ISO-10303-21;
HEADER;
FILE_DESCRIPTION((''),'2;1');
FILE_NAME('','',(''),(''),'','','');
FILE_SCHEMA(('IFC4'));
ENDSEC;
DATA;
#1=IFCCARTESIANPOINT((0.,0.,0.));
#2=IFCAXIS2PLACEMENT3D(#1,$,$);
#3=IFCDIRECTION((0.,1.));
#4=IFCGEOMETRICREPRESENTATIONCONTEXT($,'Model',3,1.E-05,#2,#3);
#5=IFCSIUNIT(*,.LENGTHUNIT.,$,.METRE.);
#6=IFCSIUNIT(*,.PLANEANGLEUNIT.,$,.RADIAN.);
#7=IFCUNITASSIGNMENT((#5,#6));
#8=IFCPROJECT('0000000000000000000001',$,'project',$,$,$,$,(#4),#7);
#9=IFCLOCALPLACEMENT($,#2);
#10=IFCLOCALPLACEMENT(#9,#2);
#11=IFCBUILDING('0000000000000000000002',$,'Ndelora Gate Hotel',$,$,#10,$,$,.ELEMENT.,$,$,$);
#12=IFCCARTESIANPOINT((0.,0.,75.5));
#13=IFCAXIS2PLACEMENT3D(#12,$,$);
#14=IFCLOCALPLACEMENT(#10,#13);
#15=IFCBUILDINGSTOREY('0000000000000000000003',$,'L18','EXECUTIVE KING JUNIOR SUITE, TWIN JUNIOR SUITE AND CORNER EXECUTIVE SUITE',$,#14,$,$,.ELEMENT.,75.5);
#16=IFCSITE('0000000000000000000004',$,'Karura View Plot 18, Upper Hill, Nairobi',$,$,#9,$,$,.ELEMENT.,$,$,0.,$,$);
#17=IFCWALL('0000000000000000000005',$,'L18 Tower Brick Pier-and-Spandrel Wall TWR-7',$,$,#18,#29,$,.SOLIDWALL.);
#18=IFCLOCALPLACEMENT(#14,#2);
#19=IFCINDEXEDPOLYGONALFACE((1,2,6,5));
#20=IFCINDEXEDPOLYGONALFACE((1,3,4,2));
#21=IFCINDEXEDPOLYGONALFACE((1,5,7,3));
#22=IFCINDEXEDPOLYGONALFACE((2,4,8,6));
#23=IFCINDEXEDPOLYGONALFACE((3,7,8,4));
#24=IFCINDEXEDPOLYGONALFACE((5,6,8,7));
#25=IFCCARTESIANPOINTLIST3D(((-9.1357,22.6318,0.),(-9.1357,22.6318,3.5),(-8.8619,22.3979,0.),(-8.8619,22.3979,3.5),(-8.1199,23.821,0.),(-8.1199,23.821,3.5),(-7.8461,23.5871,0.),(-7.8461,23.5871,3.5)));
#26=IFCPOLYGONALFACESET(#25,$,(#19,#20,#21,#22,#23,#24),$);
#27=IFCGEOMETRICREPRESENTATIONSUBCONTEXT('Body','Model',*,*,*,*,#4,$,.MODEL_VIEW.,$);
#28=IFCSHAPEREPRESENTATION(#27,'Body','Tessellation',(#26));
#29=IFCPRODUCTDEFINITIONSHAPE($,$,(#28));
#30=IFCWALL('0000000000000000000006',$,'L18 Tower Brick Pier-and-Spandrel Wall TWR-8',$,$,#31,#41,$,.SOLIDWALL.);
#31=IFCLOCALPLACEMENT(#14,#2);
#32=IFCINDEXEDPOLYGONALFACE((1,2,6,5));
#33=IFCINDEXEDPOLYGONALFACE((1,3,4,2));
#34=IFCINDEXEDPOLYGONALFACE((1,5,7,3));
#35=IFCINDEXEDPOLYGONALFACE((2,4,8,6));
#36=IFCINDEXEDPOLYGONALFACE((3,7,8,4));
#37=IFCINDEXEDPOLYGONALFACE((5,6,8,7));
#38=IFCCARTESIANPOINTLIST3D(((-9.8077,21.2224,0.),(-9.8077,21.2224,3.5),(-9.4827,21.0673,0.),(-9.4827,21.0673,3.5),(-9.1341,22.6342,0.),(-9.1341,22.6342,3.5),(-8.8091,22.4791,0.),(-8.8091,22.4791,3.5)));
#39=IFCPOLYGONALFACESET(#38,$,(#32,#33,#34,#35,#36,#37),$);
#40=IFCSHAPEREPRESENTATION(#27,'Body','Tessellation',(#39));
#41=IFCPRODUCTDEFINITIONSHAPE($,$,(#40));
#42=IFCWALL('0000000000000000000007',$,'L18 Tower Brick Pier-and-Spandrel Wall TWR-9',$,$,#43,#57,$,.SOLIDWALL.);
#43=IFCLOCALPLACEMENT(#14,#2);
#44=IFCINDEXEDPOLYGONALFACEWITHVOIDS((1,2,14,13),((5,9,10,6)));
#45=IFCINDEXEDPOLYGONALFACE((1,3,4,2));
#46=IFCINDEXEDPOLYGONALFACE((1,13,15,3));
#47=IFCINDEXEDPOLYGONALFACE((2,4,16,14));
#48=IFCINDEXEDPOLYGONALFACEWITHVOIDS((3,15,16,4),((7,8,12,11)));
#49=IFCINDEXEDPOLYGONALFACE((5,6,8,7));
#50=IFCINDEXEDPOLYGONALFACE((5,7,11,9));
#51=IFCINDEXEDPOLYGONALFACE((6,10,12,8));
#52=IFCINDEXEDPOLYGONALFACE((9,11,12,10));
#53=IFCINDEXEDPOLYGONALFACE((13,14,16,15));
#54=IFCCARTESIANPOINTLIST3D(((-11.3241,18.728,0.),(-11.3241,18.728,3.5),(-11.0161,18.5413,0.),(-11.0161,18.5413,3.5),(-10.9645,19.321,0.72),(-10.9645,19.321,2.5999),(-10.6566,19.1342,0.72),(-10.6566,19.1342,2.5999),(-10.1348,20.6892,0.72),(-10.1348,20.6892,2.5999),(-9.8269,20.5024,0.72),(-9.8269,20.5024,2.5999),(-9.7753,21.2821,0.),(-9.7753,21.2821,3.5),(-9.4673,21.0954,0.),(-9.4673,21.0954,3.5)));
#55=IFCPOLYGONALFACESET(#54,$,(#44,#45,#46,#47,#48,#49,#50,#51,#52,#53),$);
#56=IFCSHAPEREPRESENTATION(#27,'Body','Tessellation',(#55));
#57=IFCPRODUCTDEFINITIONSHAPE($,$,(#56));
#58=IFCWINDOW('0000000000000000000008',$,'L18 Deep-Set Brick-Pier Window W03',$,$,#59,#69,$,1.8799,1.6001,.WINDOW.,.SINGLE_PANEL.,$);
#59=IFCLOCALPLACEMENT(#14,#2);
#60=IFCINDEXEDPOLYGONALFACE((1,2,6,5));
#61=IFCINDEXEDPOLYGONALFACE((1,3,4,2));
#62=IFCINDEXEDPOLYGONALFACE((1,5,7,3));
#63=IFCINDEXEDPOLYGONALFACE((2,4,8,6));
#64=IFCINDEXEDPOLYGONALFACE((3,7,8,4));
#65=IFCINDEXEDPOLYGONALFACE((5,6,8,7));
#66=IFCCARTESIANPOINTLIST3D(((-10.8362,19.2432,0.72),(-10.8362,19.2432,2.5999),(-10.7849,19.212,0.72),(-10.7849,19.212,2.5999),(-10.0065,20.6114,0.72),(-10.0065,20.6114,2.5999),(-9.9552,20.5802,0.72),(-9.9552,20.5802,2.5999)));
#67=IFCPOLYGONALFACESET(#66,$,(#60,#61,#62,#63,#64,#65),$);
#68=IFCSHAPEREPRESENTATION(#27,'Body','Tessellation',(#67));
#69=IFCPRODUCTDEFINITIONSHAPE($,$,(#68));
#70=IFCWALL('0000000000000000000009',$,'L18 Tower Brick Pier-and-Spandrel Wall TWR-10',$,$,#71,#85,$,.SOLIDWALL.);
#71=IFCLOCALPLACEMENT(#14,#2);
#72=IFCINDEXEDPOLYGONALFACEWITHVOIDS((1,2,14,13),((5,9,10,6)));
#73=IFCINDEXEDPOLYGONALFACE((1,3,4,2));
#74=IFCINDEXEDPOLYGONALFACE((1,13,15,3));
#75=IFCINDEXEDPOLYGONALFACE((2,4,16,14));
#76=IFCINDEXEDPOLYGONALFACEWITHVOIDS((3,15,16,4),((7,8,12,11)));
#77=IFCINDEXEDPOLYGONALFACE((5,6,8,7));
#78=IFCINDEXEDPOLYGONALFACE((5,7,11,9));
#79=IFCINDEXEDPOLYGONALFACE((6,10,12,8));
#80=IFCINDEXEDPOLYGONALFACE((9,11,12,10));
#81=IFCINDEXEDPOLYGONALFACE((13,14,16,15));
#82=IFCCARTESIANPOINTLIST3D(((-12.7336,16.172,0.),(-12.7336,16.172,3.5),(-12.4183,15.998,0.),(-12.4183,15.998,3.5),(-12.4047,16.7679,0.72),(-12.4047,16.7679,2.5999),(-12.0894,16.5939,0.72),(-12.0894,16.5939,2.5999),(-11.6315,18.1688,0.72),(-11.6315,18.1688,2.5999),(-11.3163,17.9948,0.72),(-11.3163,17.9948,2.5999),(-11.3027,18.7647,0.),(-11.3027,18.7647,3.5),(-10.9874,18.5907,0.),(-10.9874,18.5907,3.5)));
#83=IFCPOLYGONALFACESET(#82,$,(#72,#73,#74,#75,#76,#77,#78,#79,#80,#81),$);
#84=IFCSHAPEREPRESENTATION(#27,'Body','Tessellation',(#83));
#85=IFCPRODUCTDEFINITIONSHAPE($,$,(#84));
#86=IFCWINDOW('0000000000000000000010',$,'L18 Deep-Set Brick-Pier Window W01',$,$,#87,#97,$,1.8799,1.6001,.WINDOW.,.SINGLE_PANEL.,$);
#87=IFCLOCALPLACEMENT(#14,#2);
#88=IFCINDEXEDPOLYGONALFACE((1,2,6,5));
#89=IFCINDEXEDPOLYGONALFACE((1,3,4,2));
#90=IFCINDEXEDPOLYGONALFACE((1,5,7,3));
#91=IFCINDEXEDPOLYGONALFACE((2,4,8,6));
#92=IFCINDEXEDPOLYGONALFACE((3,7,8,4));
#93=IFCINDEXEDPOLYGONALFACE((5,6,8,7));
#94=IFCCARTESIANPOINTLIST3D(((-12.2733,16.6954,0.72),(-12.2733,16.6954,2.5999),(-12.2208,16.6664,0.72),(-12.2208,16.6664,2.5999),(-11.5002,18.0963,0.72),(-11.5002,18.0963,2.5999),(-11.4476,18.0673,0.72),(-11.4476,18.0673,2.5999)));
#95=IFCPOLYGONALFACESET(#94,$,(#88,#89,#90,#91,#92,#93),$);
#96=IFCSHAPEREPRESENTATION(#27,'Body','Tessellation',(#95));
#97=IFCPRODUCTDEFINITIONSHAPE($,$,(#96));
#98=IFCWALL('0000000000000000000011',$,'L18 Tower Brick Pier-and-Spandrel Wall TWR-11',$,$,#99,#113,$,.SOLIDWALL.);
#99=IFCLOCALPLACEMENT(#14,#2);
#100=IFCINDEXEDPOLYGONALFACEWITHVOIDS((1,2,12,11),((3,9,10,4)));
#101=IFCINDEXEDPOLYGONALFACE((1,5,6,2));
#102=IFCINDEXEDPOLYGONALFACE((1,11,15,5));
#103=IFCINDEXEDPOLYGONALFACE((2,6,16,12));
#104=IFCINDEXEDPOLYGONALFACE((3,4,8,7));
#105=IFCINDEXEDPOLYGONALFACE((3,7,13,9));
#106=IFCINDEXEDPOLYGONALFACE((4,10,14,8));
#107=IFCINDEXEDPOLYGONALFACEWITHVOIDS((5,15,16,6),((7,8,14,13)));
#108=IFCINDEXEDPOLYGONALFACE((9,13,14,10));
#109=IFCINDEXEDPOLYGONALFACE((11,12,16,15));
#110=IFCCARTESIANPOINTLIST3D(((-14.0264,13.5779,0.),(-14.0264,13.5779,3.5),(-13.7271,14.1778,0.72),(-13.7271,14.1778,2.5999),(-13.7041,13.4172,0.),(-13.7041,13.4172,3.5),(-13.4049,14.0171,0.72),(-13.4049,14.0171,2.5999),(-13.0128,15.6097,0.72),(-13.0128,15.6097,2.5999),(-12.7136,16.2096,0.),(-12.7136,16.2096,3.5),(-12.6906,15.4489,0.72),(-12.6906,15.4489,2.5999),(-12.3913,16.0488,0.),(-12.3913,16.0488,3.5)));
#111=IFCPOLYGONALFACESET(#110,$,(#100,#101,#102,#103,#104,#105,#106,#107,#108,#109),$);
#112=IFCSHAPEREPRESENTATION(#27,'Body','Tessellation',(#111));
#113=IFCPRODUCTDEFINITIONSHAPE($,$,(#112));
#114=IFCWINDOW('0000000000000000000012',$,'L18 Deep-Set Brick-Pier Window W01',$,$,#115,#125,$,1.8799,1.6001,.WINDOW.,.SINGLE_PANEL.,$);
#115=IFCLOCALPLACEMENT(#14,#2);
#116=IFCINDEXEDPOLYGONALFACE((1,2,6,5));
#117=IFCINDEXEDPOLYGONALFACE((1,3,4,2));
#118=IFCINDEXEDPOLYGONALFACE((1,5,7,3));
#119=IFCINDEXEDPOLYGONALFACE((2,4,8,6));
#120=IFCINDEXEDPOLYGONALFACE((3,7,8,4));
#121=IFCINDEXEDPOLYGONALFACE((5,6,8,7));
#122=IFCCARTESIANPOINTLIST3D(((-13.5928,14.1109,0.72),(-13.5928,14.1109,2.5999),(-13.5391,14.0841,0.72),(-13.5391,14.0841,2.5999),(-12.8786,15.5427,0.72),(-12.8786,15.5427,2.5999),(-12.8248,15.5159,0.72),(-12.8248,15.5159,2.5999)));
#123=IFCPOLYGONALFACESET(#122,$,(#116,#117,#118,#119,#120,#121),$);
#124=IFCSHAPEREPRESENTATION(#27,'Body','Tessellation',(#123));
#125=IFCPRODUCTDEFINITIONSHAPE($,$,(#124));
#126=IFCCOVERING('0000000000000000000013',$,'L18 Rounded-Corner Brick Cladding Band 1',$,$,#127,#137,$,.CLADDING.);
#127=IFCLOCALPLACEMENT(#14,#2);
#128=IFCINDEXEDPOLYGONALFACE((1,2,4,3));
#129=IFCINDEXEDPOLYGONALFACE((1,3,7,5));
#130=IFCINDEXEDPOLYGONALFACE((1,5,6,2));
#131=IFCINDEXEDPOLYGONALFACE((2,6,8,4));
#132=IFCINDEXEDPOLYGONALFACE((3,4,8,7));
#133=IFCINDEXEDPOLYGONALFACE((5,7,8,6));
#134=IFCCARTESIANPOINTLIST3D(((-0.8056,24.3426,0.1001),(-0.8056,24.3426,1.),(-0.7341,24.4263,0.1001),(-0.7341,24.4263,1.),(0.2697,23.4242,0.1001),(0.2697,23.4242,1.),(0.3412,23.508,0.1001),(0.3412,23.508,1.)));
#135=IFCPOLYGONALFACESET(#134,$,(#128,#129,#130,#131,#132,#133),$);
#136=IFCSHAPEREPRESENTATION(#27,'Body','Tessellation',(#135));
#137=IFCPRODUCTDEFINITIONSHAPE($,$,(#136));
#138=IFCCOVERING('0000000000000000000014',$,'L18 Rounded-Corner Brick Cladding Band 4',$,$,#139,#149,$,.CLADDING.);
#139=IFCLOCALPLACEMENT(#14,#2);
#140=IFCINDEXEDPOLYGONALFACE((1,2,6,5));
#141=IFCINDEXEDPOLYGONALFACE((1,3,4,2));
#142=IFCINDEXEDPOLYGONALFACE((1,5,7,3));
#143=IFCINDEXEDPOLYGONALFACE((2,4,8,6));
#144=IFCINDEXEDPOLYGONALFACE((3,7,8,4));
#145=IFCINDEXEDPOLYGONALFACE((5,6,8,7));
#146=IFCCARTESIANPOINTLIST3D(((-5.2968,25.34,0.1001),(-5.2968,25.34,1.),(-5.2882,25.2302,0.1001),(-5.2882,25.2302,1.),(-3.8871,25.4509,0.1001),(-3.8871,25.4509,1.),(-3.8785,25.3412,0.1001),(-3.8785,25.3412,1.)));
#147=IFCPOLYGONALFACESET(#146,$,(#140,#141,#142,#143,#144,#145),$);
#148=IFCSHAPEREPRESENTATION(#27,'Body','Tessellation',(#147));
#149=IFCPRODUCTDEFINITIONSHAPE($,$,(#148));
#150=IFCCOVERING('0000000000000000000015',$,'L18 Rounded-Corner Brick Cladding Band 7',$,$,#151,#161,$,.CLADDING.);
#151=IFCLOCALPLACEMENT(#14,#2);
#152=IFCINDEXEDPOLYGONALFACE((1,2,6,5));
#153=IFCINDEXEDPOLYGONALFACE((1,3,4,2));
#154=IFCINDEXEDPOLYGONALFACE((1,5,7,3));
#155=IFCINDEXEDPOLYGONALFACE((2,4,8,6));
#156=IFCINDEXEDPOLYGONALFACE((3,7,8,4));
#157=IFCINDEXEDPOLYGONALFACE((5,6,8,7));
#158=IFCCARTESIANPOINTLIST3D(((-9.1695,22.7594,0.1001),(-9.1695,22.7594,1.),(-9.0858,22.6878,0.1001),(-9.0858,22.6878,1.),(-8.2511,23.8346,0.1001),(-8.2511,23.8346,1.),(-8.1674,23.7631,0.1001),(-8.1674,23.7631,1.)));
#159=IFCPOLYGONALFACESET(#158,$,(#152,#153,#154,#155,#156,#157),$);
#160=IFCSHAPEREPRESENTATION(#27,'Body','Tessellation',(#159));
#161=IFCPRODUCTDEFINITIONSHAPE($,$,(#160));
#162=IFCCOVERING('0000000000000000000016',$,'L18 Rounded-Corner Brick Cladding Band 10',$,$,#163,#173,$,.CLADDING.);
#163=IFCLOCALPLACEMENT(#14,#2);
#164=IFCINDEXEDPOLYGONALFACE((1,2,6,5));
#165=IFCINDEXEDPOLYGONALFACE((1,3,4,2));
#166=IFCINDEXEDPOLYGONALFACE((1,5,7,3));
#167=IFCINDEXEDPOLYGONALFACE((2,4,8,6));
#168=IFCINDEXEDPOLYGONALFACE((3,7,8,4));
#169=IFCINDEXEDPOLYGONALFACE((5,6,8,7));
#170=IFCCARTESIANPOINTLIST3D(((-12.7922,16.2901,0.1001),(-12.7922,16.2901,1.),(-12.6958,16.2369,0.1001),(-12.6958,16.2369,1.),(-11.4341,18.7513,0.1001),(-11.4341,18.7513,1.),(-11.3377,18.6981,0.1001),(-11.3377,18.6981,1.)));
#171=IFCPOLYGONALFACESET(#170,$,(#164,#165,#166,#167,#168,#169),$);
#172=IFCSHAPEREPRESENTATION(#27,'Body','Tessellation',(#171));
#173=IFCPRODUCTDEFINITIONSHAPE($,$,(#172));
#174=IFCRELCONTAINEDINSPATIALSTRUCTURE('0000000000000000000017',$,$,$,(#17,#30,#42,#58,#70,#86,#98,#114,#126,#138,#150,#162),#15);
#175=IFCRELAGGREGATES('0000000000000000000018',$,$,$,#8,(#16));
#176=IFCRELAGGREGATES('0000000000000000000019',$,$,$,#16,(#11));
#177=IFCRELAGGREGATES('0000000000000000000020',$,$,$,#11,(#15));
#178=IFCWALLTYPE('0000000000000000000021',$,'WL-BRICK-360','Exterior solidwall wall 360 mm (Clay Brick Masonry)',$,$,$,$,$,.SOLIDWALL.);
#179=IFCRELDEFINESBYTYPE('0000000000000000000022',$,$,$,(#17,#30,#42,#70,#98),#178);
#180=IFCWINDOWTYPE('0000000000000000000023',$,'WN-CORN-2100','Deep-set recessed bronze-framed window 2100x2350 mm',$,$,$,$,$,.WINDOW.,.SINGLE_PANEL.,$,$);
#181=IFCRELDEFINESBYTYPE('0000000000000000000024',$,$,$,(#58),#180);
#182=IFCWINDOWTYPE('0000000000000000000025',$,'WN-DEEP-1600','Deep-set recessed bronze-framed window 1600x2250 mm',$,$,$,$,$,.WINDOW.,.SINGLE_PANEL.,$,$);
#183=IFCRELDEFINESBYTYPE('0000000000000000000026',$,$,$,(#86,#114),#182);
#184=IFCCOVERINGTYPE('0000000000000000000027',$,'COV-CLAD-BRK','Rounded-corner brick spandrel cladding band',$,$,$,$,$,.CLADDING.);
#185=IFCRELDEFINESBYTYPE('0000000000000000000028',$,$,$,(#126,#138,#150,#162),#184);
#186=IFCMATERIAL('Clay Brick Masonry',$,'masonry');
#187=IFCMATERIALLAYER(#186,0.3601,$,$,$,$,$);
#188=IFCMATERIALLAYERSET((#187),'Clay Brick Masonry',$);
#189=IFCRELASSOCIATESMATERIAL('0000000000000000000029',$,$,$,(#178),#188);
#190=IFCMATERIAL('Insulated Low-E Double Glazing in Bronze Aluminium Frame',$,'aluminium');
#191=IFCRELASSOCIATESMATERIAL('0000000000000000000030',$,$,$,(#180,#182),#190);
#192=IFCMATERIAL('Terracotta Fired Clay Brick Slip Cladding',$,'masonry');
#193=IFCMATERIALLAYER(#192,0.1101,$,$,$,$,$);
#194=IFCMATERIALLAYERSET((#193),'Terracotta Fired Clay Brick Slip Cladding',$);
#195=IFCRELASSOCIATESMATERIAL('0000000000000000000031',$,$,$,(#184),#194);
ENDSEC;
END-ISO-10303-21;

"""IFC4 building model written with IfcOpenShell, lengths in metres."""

from ifc_helpers import new_model, si_unit, direction, frame, frame_2d, origin, origin_2d, place, context, subcontext, project, spatial, rectangle, extrude, material, layer, layer_set, type_object, element, fill, save


model = new_model("IFC4")

# Units and contexts
model_context = context("Model", 3, precision=1e-05, world=origin(), true_north=direction((0.0, 1.0)))
body_context = subcontext(model_context, "Body", "Model", "MODEL_VIEW")
ifc_project = project(units=[si_unit("LENGTHUNIT", "METRE"), si_unit("PLANEANGLEUNIT", "RADIAN")], contexts=[model_context])

# Site, building, storey
site_placement = place(None, origin())
site = spatial("IfcSite", under=ifc_project, at=site_placement, Name="Karura View Plot 18, Upper Hill, Nairobi", CompositionType="ELEMENT", RefElevation=0.0)
building_placement = place(site_placement, origin())
building = spatial("IfcBuilding", under=site, at=building_placement, Name="Ndelora Gate Hotel", CompositionType="ELEMENT")
storey_placement = place(building_placement, frame((0.0, 0.0, 75.5)))
storey = spatial("IfcBuildingStorey", under=building, at=storey_placement, Name="L18", Description="EXECUTIVE KING JUNIOR SUITE, TWIN JUNIOR SUITE AND CORNER EXECUTIVE SUITE", CompositionType="ELEMENT", Elevation=75.5)

# Walls
ifc_material_1 = material(Name="Clay Brick Masonry", Category="masonry")
ifc_layer_1 = layer(ifc_material_1, 0.3601)
ifc_layer_set_1 = layer_set([ifc_layer_1], Name="Clay Brick Masonry")
wall_type = type_object("IfcWallType", Name="WL-BRICK-360", Description="Exterior solidwall wall 360 mm (Clay Brick Masonry)", PredefinedType="SOLIDWALL", material=ifc_layer_set_1)
wall_1_placement = place(storey_placement, frame((-8.9988, 22.5149, 0.0), z_axis=(0.0, 0.0, 1.0), x_axis=(0.649518, 0.760346, 0.0)))
element("IfcWall", 1, at=wall_1_placement, inside=storey, type_object=wall_type, Name="L18 Tower Brick Pier-and-Spandrel Wall TWR-7", PredefinedType="SOLIDWALL", context=body_context, shape_type="SweptSolid", body=[
    extrude(rectangle(XDim=1.564, YDim=0.3601, at=frame_2d((0.782, 0.0))), origin(), (0.0, 0.0, 1.0), 3.5),
])
wall_2_placement = place(storey_placement, frame((-9.6453, 21.1448, 0.0), z_axis=(0.0, 0.0, 1.0), x_axis=(0.430654, 0.902517, 0.0)))
element("IfcWall", 2, at=wall_2_placement, inside=storey, type_object=wall_type, Name="L18 Tower Brick Pier-and-Spandrel Wall TWR-8", PredefinedType="SOLIDWALL", context=body_context, shape_type="SweptSolid", body=[
    extrude(rectangle(XDim=1.5642, YDim=0.3601, at=frame_2d((0.7822, 0.0))), origin(), (0.0, 0.0, 1.0), 3.5),
])

# Walls, openings, windows
wall_3_placement = place(storey_placement, frame((-11.1702, 18.6345, 0.0), z_axis=(0.0, 0.0, 1.0), x_axis=(0.518505, 0.855075, 0.0)))
wall_3 = element("IfcWall", 3, at=wall_3_placement, inside=storey, type_object=wall_type, Name="L18 Tower Brick Pier-and-Spandrel Wall TWR-9", PredefinedType="SOLIDWALL", context=body_context, shape_type="SweptSolid", body=[
    extrude(rectangle(XDim=2.9871, YDim=0.3601, at=frame_2d((1.4937, 0.0))), origin(), (0.0, 0.0, 1.0), 3.5),
])
opening_1_placement = place(wall_3_placement, frame((0.6936, 0.0, 0.72)))
opening_1 = element("IfcOpeningElement", 4, at=opening_1_placement, cuts=wall_3, PredefinedType="OPENING", context=body_context, shape_type="SweptSolid", body=[
    extrude(rectangle(XDim=1.6001, YDim=1.8799, at=frame_2d((0.8, 0.9399))), frame((0.0, 0.1899, 0.0), z_axis=(0.0, -1.0, 0.0), x_axis=(1.0, 0.0, 0.0)), (0.0, 0.0, 1.0), 0.3801),
])
ifc_material_2 = material(Name="Insulated Low-E Double Glazing in Bronze Aluminium Frame", Category="aluminium")
window_type_1 = type_object("IfcWindowType", Name="WN-CORN-2100", Description="Deep-set recessed bronze-framed window 2100x2350 mm", PartitioningType="SINGLE_PANEL", PredefinedType="WINDOW", material=ifc_material_2)
window_1_placement = place(opening_1_placement, origin())
window_1 = element("IfcWindow", 5, at=window_1_placement, inside=storey, type_object=window_type_1, Name="L18 Deep-Set Brick-Pier Window W03", OverallHeight=1.8799, OverallWidth=1.6001, PartitioningType="SINGLE_PANEL", PredefinedType="WINDOW", context=body_context, shape_type="SweptSolid", body=[
    extrude(rectangle(XDim=1.6001, YDim=1.8799, at=frame_2d((0.8, 0.9399))), frame((0.0, 0.03, 0.0), z_axis=(0.0, -1.0, 0.0), x_axis=(1.0, 0.0, 0.0)), (0.0, 0.0, 1.0), 0.0601),
])
fill(opening_1, window_1)
wall_4_placement = place(storey_placement, frame((-12.5759, 16.085, 0.0), z_axis=(0.0, 0.0, 1.0), x_axis=(0.483184, 0.875519, 0.0)))
wall_4 = element("IfcWall", 6, at=wall_4_placement, inside=storey, type_object=wall_type, Name="L18 Tower Brick Pier-and-Spandrel Wall TWR-10", PredefinedType="SOLIDWALL", context=body_context, shape_type="SweptSolid", body=[
    extrude(rectangle(XDim=2.9614, YDim=0.3601, at=frame_2d((1.4807, 0.0))), origin(), (0.0, 0.0, 1.0), 3.5),
])
opening_2_placement = place(wall_4_placement, frame((0.6807, 0.0, 0.72)))
opening_2 = element("IfcOpeningElement", 7, at=opening_2_placement, cuts=wall_4, PredefinedType="OPENING", context=body_context, shape_type="SweptSolid", body=[
    extrude(rectangle(XDim=1.6001, YDim=1.8799, at=frame_2d((0.8, 0.9399))), frame((0.0, 0.1899, 0.0), z_axis=(0.0, -1.0, 0.0), x_axis=(1.0, 0.0, 0.0)), (0.0, 0.0, 1.0), 0.3801),
])
window_type_2 = type_object("IfcWindowType", Name="WN-DEEP-1600", Description="Deep-set recessed bronze-framed window 1600x2250 mm", PartitioningType="SINGLE_PANEL", PredefinedType="WINDOW", material=ifc_material_2)
window_2_placement = place(opening_2_placement, origin())
window_2 = element("IfcWindow", 8, at=window_2_placement, inside=storey, type_object=window_type_2, Name="L18 Deep-Set Brick-Pier Window W01", OverallHeight=1.8799, OverallWidth=1.6001, PartitioningType="SINGLE_PANEL", PredefinedType="WINDOW", context=body_context, shape_type="SweptSolid", body=[
    extrude(rectangle(XDim=1.6001, YDim=1.8799, at=frame_2d((0.8, 0.9399))), frame((0.0, 0.03, 0.0), z_axis=(0.0, -1.0, 0.0), x_axis=(1.0, 0.0, 0.0)), (0.0, 0.0, 1.0), 0.0601),
])
fill(opening_2, window_2)
wall_5_placement = place(storey_placement, frame((-13.8652, 13.4976, 0.0), z_axis=(0.0, 0.0, 1.0), x_axis=(0.446383, 0.894842, 0.0)))
wall_5 = element("IfcWall", 9, at=wall_5_placement, inside=storey, type_object=wall_type, Name="L18 Tower Brick Pier-and-Spandrel Wall TWR-11", PredefinedType="SOLIDWALL", context=body_context, shape_type="SweptSolid", body=[
    extrude(rectangle(XDim=2.9409, YDim=0.3601, at=frame_2d((1.4705, 0.0))), origin(), (0.0, 0.0, 1.0), 3.5),
])
opening_3_placement = place(wall_5_placement, frame((0.6704, 0.0, 0.72)))
opening_3 = element("IfcOpeningElement", 10, at=opening_3_placement, cuts=wall_5, PredefinedType="OPENING", context=body_context, shape_type="SweptSolid", body=[
    extrude(rectangle(XDim=1.6001, YDim=1.8799, at=frame_2d((0.8, 0.9399))), frame((0.0, 0.1899, 0.0), z_axis=(0.0, -1.0, 0.0), x_axis=(1.0, 0.0, 0.0)), (0.0, 0.0, 1.0), 0.3801),
])
window_3_placement = place(opening_3_placement, origin())
window_3 = element("IfcWindow", 11, at=window_3_placement, inside=storey, type_object=window_type_2, Name="L18 Deep-Set Brick-Pier Window W01", OverallHeight=1.8799, OverallWidth=1.6001, PartitioningType="SINGLE_PANEL", PredefinedType="WINDOW", context=body_context, shape_type="SweptSolid", body=[
    extrude(rectangle(XDim=1.6001, YDim=1.8799, at=frame_2d((0.8, 0.9399))), frame((0.0, 0.03, 0.0), z_axis=(0.0, -1.0, 0.0), x_axis=(1.0, 0.0, 0.0)), (0.0, 0.0, 1.0), 0.0601),
])
fill(opening_3, window_3)

# Coverings
ifc_material_3 = material(Name="Terracotta Fired Clay Brick Slip Cladding", Category="masonry")
ifc_layer_2 = layer(ifc_material_3, 0.1101)
ifc_layer_set_2 = layer_set([ifc_layer_2], Name="Terracotta Fired Clay Brick Slip Cladding")
covering_type_1 = type_object("IfcCoveringType", Name="COV-CLAD-BRK", Description="Rounded-corner brick spandrel cladding band", PredefinedType="CLADDING", material=ifc_layer_set_2)
for number, where, z_axis, x_axis, name in (
    (12, (-0.2322, 23.9253, 0.1001), (0.0, 0.0, 1.0), (-0.760406, 0.649448, 0.0), "L18 Rounded-Corner Brick Cladding Band 1"),
    (13, (-4.5876, 25.3406, 0.1001), (0.0, 0.0, 1.0), (0.996917, 0.078459, 0.0), "L18 Rounded-Corner Brick Cladding Band 4"),
    (14, (-8.6685, 23.2612, 0.1001), (0.0, 0.0, 1.0), (0.649448, 0.760406, 0.0), "L18 Rounded-Corner Brick Cladding Band 7"),
):
    element("IfcCovering", number, at=place(storey_placement, frame(where, z_axis=z_axis, x_axis=x_axis)), inside=storey, type_object=covering_type_1, Name=name, PredefinedType="CLADDING", context=body_context, shape_type="SweptSolid", body=[
        extrude(rectangle(XDim=1.4141, YDim=0.1101, at=origin_2d()), origin(), (0.0, 0.0, 1.0), 0.8999),
    ])
covering_placement = place(storey_placement, frame((-12.0649, 17.4941, 0.1001), z_axis=(0.0, 0.0, 1.0), x_axis=(0.48313, 0.875549, 0.0)))
element("IfcCovering", 15, at=covering_placement, inside=storey, type_object=covering_type_1, Name="L18 Rounded-Corner Brick Cladding Band 10", PredefinedType="CLADDING", context=body_context, shape_type="SweptSolid", body=[
    extrude(rectangle(XDim=2.811, YDim=0.1101, at=origin_2d()), origin(), (0.0, 0.0, 1.0), 0.8999),
])

save(model, "model.ifc")
